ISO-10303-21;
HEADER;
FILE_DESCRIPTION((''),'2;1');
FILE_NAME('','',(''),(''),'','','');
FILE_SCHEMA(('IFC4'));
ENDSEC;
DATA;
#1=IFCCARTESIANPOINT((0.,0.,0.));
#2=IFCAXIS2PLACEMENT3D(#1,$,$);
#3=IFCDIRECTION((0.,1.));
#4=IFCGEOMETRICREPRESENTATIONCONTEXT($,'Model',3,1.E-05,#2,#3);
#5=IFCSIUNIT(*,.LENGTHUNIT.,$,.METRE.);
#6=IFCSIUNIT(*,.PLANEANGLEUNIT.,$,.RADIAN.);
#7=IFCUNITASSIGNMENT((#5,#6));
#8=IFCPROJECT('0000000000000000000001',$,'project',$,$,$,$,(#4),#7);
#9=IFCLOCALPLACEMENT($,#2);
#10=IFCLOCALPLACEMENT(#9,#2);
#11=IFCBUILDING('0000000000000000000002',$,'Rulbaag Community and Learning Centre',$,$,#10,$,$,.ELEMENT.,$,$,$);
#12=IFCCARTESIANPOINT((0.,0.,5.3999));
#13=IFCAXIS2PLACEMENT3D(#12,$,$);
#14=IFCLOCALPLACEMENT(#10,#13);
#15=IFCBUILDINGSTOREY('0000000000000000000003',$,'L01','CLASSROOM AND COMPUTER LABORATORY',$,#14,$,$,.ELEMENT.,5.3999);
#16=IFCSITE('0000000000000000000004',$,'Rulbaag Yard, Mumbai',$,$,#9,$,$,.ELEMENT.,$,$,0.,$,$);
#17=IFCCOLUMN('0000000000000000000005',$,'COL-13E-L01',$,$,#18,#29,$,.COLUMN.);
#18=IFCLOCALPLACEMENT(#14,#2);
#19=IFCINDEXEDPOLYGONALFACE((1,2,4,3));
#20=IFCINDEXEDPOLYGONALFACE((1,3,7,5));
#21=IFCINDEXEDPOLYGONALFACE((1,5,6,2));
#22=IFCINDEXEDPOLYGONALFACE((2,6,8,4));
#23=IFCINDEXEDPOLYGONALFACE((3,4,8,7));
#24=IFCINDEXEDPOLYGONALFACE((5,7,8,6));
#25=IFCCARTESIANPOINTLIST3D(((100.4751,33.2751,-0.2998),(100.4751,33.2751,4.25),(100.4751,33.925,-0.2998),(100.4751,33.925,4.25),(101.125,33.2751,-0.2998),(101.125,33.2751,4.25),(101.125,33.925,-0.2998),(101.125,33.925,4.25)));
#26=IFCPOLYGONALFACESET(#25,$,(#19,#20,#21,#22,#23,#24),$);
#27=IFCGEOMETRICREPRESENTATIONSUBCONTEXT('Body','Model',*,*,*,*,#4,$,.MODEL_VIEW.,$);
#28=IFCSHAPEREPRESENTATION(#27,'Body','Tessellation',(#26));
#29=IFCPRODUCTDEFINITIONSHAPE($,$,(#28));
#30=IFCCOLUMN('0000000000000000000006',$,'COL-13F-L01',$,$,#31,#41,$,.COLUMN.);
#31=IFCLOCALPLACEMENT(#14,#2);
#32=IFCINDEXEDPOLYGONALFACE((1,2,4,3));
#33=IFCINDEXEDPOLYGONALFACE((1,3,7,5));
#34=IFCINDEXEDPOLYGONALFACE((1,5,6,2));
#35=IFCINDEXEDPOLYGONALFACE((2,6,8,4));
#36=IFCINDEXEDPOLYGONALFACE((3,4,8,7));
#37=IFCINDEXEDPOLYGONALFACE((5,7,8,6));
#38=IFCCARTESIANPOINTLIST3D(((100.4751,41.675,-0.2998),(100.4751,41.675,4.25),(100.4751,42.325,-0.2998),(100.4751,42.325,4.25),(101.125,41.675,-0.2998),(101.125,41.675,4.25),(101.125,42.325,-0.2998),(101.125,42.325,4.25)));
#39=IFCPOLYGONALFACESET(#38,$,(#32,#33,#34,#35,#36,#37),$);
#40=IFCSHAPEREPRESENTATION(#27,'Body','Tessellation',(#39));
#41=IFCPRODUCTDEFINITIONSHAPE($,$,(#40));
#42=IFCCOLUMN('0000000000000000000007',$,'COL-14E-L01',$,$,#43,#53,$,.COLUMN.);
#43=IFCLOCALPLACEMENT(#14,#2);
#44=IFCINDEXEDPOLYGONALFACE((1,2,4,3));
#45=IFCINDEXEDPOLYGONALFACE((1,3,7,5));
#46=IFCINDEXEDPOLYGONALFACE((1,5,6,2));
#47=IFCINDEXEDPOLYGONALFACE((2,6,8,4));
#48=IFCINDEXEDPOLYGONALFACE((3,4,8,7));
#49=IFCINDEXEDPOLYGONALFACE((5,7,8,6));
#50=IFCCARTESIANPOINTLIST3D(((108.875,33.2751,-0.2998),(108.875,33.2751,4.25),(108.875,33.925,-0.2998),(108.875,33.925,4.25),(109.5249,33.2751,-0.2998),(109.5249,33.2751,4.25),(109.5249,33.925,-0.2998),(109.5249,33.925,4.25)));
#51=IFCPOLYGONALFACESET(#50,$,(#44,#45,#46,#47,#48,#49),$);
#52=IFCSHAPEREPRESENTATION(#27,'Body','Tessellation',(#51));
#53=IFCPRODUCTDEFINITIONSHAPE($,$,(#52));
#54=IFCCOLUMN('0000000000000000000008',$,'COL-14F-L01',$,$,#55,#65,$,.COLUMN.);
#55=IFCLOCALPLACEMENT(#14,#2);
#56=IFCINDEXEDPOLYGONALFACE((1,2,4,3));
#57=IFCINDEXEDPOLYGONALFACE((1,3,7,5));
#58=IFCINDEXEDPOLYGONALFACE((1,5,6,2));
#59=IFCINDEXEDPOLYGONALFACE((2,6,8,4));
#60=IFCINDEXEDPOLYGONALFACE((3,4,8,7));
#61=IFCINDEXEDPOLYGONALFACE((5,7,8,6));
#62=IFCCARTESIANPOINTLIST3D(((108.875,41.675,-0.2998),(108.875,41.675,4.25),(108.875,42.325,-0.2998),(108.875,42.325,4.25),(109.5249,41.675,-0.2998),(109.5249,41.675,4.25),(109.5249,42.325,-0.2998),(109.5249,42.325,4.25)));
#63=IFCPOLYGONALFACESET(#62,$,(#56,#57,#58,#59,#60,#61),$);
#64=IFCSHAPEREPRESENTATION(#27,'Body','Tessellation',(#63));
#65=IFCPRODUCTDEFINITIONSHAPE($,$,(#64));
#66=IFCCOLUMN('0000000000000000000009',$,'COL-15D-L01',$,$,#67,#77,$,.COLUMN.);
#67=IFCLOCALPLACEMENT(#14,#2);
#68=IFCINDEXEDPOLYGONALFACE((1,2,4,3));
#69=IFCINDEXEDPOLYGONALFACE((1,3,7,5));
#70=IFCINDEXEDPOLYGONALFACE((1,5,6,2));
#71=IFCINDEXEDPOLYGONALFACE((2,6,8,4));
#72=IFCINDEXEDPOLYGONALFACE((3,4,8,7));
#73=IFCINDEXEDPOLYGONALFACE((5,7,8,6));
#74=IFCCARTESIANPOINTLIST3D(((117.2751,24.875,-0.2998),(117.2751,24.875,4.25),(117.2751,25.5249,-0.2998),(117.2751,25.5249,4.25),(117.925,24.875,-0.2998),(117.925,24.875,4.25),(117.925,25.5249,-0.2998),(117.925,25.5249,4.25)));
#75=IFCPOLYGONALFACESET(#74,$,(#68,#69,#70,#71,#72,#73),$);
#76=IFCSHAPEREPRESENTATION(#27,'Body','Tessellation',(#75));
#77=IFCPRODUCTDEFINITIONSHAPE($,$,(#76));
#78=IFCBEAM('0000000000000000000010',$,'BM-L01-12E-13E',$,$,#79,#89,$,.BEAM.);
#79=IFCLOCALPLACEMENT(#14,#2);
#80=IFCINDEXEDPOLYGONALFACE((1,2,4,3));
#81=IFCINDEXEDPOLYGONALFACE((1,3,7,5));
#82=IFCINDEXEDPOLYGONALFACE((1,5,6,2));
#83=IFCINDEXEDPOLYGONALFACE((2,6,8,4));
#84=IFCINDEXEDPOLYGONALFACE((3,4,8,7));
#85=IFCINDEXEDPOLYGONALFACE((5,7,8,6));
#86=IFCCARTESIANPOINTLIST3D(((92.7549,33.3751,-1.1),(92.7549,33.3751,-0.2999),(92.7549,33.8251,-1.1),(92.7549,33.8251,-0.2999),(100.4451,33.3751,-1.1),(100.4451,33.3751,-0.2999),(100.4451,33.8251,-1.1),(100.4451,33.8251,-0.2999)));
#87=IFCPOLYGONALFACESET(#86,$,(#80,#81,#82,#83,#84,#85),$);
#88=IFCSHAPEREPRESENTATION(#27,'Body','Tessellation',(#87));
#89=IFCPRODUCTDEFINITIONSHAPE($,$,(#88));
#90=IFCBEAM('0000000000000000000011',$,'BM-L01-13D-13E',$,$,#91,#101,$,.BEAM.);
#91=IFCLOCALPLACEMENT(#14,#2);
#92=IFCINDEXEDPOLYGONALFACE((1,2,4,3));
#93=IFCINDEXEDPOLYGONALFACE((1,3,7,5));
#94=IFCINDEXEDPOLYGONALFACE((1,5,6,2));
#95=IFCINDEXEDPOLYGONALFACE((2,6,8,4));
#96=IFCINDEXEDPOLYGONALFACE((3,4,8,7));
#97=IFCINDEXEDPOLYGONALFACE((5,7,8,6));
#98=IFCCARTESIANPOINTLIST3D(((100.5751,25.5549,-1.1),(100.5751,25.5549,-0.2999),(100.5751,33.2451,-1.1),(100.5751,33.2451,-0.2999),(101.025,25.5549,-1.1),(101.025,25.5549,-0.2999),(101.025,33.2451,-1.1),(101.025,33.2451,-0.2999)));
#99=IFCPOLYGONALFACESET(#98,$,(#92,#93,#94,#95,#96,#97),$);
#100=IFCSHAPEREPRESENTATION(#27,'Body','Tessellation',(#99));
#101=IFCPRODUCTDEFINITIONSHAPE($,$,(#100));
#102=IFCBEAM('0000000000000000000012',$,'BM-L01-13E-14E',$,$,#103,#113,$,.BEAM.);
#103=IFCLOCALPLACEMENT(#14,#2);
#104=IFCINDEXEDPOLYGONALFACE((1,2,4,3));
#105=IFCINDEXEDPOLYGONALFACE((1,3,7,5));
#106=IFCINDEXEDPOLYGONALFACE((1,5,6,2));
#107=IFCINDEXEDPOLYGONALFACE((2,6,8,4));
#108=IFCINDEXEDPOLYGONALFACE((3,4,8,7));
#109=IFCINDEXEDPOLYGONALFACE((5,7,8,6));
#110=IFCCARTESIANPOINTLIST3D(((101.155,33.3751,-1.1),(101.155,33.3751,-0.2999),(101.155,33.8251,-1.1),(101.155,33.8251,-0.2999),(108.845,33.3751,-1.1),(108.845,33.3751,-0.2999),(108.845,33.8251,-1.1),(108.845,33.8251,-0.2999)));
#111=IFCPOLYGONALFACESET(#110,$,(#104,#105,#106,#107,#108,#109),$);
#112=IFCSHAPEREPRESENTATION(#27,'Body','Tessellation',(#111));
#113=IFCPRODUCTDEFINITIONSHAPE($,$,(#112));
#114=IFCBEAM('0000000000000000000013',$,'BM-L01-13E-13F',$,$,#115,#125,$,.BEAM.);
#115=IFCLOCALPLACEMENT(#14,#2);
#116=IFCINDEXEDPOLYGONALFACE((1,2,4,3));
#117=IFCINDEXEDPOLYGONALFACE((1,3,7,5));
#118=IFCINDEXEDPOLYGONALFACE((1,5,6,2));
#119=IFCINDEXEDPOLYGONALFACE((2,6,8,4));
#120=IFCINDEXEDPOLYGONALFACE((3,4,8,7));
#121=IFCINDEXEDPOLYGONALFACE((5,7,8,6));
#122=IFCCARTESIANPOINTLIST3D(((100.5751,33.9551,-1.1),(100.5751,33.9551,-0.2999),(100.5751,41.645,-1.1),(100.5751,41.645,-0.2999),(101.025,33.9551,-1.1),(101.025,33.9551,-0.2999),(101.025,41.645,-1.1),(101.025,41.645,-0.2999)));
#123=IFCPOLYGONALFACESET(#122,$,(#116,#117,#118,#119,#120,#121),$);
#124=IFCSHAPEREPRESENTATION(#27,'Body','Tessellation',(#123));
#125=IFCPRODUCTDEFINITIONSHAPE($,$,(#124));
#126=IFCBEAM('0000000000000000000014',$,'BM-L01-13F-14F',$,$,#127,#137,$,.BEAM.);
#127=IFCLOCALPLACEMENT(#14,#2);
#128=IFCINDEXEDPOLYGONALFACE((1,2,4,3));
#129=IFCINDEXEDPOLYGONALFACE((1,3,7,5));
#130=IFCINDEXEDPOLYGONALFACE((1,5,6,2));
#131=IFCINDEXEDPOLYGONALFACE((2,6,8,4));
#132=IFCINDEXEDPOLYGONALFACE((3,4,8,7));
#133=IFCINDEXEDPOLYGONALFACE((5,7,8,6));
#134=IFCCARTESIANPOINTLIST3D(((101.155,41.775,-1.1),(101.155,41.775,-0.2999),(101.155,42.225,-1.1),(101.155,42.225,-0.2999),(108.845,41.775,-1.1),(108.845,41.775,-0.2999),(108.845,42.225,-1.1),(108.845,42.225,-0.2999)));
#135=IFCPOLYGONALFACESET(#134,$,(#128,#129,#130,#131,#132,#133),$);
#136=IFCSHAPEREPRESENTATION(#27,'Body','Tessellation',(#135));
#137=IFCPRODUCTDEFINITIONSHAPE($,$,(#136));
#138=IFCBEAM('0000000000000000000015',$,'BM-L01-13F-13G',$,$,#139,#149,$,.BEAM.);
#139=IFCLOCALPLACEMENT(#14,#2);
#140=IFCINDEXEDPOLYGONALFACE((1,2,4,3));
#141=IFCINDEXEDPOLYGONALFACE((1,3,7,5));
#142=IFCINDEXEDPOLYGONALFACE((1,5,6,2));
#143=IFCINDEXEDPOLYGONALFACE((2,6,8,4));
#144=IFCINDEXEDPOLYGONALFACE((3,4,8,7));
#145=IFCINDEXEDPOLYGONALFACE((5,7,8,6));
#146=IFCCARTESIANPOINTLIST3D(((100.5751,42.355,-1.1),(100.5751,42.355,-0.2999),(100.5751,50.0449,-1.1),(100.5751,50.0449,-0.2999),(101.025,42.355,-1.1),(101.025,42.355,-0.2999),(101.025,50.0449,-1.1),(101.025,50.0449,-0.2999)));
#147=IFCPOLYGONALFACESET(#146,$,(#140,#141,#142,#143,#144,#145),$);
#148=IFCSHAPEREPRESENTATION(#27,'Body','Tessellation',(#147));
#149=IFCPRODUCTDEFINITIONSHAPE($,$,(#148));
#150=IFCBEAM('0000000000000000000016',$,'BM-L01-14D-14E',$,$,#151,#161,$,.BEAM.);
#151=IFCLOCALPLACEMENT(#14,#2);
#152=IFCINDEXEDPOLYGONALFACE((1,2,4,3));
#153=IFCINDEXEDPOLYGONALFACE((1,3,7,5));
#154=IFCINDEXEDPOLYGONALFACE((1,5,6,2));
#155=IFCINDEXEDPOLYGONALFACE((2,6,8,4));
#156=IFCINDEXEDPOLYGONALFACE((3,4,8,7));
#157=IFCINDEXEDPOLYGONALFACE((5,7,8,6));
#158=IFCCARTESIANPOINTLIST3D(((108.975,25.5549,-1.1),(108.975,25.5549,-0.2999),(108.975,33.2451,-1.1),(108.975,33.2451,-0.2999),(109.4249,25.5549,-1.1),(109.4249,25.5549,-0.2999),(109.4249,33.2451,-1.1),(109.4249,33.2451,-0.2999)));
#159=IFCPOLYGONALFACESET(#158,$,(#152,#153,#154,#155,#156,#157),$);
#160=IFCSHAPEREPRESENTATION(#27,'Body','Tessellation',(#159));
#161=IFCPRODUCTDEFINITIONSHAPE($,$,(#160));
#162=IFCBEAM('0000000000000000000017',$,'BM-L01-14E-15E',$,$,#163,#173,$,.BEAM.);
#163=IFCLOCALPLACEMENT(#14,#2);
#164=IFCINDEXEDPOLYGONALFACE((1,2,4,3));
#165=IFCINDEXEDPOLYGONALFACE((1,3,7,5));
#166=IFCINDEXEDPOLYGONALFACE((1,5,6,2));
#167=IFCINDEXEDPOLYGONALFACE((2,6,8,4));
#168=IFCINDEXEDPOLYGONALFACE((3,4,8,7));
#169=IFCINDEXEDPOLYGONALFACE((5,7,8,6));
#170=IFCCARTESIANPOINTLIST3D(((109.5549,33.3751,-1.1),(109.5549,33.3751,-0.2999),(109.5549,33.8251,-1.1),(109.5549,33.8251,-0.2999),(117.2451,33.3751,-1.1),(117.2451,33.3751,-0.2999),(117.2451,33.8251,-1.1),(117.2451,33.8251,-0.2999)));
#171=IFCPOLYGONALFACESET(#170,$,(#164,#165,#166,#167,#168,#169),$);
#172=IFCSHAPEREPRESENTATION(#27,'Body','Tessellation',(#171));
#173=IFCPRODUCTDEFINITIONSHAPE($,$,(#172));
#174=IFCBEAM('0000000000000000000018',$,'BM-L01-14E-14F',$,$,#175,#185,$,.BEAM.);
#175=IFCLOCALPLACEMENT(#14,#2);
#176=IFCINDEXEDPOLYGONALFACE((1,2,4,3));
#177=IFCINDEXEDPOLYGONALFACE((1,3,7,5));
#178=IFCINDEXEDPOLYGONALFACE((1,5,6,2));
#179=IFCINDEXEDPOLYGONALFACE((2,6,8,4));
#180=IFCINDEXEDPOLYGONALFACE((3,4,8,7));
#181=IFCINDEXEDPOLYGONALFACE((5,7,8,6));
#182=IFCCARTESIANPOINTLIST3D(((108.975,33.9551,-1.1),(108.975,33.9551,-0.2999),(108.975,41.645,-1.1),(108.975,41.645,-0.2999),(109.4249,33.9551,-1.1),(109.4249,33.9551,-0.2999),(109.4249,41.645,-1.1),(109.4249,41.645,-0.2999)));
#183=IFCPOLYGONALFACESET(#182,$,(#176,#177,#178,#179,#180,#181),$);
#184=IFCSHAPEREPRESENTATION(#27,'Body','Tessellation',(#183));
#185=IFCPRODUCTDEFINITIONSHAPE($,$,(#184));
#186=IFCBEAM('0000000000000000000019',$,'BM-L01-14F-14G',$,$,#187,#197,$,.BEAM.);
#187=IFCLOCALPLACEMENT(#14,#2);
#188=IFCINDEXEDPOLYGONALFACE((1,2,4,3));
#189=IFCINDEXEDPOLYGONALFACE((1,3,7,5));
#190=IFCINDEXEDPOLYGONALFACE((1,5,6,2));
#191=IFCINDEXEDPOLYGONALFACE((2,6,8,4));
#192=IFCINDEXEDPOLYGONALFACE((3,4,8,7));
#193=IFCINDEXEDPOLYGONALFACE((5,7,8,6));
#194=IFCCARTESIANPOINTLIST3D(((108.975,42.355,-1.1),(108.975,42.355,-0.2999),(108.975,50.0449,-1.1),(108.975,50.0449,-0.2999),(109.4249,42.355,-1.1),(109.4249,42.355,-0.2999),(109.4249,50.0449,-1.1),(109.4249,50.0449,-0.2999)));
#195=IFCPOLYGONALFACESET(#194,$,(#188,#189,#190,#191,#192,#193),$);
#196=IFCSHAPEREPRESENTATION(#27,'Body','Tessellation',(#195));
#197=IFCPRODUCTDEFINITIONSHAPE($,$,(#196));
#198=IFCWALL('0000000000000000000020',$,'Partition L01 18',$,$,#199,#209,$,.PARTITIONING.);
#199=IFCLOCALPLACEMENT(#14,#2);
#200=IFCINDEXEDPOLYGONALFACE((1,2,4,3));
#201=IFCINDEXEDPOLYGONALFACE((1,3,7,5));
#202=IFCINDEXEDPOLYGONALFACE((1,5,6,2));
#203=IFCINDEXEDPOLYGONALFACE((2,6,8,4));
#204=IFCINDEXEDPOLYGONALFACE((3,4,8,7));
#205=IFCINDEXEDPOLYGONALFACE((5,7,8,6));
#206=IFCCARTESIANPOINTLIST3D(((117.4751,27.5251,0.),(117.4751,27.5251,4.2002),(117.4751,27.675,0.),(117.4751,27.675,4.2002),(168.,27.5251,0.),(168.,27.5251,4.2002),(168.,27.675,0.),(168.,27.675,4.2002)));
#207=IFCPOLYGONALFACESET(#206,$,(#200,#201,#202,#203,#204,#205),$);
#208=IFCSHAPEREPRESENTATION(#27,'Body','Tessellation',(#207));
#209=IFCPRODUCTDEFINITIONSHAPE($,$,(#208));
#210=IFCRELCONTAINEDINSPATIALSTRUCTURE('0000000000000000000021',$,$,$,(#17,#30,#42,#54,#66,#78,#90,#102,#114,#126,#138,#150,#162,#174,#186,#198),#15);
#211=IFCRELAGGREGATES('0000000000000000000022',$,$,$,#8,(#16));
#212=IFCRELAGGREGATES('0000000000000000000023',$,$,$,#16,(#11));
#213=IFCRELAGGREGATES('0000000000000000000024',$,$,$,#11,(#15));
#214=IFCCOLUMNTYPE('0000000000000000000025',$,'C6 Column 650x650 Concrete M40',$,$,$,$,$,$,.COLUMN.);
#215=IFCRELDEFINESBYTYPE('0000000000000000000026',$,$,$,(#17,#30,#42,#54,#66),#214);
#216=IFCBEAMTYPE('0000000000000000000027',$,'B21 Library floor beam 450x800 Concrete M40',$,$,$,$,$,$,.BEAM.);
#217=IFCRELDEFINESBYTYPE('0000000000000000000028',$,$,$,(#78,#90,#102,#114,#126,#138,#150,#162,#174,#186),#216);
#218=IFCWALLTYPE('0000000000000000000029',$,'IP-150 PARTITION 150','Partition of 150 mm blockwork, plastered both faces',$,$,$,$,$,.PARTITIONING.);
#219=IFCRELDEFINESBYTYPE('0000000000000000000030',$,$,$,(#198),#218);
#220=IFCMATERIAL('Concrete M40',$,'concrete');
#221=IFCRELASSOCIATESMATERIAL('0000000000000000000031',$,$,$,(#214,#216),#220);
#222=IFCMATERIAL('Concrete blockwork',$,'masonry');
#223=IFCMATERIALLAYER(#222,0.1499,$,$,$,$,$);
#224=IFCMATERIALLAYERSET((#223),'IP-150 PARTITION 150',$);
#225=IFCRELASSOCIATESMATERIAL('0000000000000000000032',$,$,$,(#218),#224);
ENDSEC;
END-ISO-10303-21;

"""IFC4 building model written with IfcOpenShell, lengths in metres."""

from ifc_helpers import new_model, si_unit, direction, frame, frame_2d, origin, origin_2d, place, context, subcontext, project, spatial, rectangle, extrude, material, layer, layer_set, material_profile, profile_set, type_object, element, save


model = new_model("IFC4")

# Units and contexts
model_context = context("Model", 3, precision=1e-05, world=origin(), true_north=direction((0.0, 1.0)))
body_context = subcontext(model_context, "Body", "Model", "MODEL_VIEW")
ifc_project = project(units=[si_unit("LENGTHUNIT", "METRE"), si_unit("PLANEANGLEUNIT", "RADIAN")], contexts=[model_context])

# Site, building, storey
site_placement = place(None, origin())
site = spatial("IfcSite", under=ifc_project, at=site_placement, Name="Rulbaag Yard, Mumbai", CompositionType="ELEMENT", RefElevation=0.0)
building_placement = place(site_placement, origin())
building = spatial("IfcBuilding", under=site, at=building_placement, Name="Rulbaag Community and Learning Centre", CompositionType="ELEMENT")
storey_placement = place(building_placement, frame((0.0, 0.0, 5.3999)))
storey = spatial("IfcBuildingStorey", under=building, at=storey_placement, Name="L01", Description="CLASSROOM AND COMPUTER LABORATORY", CompositionType="ELEMENT", Elevation=5.3999)

# Columns
ifc_material_1 = material(Name="Concrete M40", Category="concrete")
ifc_material_profile_1 = material_profile(ifc_material_1, rectangle(XDim=0.6499, YDim=0.6499, at=origin_2d()), Name="RC650x650")
ifc_profile_set_1 = profile_set([ifc_material_profile_1], Name="Concrete M40")
column_type = type_object("IfcColumnType", Name="C6 Column 650x650 Concrete M40", PredefinedType="COLUMN", material=ifc_profile_set_1)
for number, where, z_axis, x_axis, name in (
    (1, (100.8, 33.6001, -0.2998), (0.0, 0.0, 1.0), (1.0, 0.0, 0.0), "COL-13E-L01"),
    (2, (100.8, 42.0, -0.2998), (0.0, 0.0, 1.0), (1.0, 0.0, 0.0), "COL-13F-L01"),
    (3, (109.2, 33.6001, -0.2998), (0.0, 0.0, 1.0), (1.0, 0.0, 0.0), "COL-14E-L01"),
    (4, (109.2, 42.0, -0.2998), (0.0, 0.0, 1.0), (1.0, 0.0, 0.0), "COL-14F-L01"),
    (5, (117.6001, 25.2, -0.2998), (0.0, 0.0, 1.0), (1.0, 0.0, 0.0), "COL-15D-L01"),
):
    element("IfcColumn", number, at=place(storey_placement, frame(where, z_axis=z_axis, x_axis=x_axis)), inside=storey, type_object=column_type, Name=name, PredefinedType="COLUMN", context=body_context, shape_type="SweptSolid", body=[
        extrude(rectangle(XDim=0.6499, YDim=0.6499, at=origin_2d()), origin(), (0.0, 0.0, 1.0), 4.5498),
    ])

# Beams
ifc_material_profile_2 = material_profile(ifc_material_1, rectangle(XDim=0.45, YDim=0.8, at=origin_2d()), Name="RB450x800")
ifc_profile_set_2 = profile_set([ifc_material_profile_2], Name="Concrete M40")
beam_type = type_object("IfcBeamType", Name="B21 Library floor beam 450x800 Concrete M40", PredefinedType="BEAM", material=ifc_profile_set_2)
for number, where, z_axis, x_axis, name in (
    (6, (92.7549, 33.6001, -0.7), (1.0, 0.0, 0.0), (0.0, 1.0, 0.0), "BM-L01-12E-13E"),
    (7, (100.8, 25.5549, -0.7), (0.0, 1.0, 0.0), (-1.0, 0.0, 0.0), "BM-L01-13D-13E"),
):
    element("IfcBeam", number, at=place(storey_placement, frame(where, z_axis=z_axis, x_axis=x_axis)), inside=storey, type_object=beam_type, Name=name, PredefinedType="BEAM", context=body_context, shape_type="SweptSolid", body=[
        extrude(rectangle(XDim=0.45, YDim=0.8, at=origin_2d()), origin(), (0.0, 0.0, 1.0), 7.6902),
    ])
for number, where, z_axis, x_axis, name in (
    (8, (101.155, 33.6001, -0.7), (1.0, 0.0, 0.0), (0.0, 1.0, 0.0), "BM-L01-13E-14E"),
    (9, (100.8, 33.9551, -0.7), (0.0, 1.0, 0.0), (-1.0, 0.0, 0.0), "BM-L01-13E-13F"),
    (10, (101.155, 42.0, -0.7), (1.0, 0.0, 0.0), (0.0, 1.0, 0.0), "BM-L01-13F-14F"),
    (11, (100.8, 42.355, -0.7), (0.0, 1.0, 0.0), (-1.0, 0.0, 0.0), "BM-L01-13F-13G"),
):
    element("IfcBeam", number, at=place(storey_placement, frame(where, z_axis=z_axis, x_axis=x_axis)), inside=storey, type_object=beam_type, Name=name, PredefinedType="BEAM", context=body_context, shape_type="SweptSolid", body=[
        extrude(rectangle(XDim=0.45, YDim=0.8, at=origin_2d()), origin(), (0.0, 0.0, 1.0), 7.6899),
    ])
for number, where, z_axis, x_axis, name in (
    (12, (109.2, 25.5549, -0.7), (0.0, 1.0, 0.0), (-1.0, 0.0, 0.0), "BM-L01-14D-14E"),
    (13, (109.5549, 33.6001, -0.7), (1.0, 0.0, 0.0), (0.0, 1.0, 0.0), "BM-L01-14E-15E"),
):
    element("IfcBeam", number, at=place(storey_placement, frame(where, z_axis=z_axis, x_axis=x_axis)), inside=storey, type_object=beam_type, Name=name, PredefinedType="BEAM", context=body_context, shape_type="SweptSolid", body=[
        extrude(rectangle(XDim=0.45, YDim=0.8, at=origin_2d()), origin(), (0.0, 0.0, 1.0), 7.6902),
    ])
for number, where, z_axis, x_axis, name in (
    (14, (109.2, 33.9551, -0.7), (0.0, 1.0, 0.0), (-1.0, 0.0, 0.0), "BM-L01-14E-14F"),
    (15, (109.2, 42.355, -0.7), (0.0, 1.0, 0.0), (-1.0, 0.0, 0.0), "BM-L01-14F-14G"),
):
    element("IfcBeam", number, at=place(storey_placement, frame(where, z_axis=z_axis, x_axis=x_axis)), inside=storey, type_object=beam_type, Name=name, PredefinedType="BEAM", context=body_context, shape_type="SweptSolid", body=[
        extrude(rectangle(XDim=0.45, YDim=0.8, at=origin_2d()), origin(), (0.0, 0.0, 1.0), 7.6899),
    ])

# Wall
ifc_material_2 = material(Name="Concrete blockwork", Category="masonry")
ifc_layer_1 = layer(ifc_material_2, 0.1499)
ifc_layer_set_1 = layer_set([ifc_layer_1], Name="IP-150 PARTITION 150")
wall_type_1 = type_object("IfcWallType", Name="IP-150 PARTITION 150", Description="Partition of 150 mm blockwork, plastered both faces", PredefinedType="PARTITIONING", material=ifc_layer_set_1)
wall_1_placement = place(storey_placement, frame((117.4751, 27.6001, 0.0), z_axis=(0.0, 0.0, 1.0), x_axis=(1.0, 0.0, 0.0)))
element("IfcWall", 16, at=wall_1_placement, inside=storey, type_object=wall_type_1, Name="Partition L01 18", PredefinedType="PARTITIONING", context=body_context, shape_type="SweptSolid", body=[
    extrude(rectangle(XDim=50.5249, YDim=0.1499, at=frame_2d((25.2625, 0.0))), origin(), (0.0, 0.0, 1.0), 4.2002),
])

save(model, "model.ifc")
